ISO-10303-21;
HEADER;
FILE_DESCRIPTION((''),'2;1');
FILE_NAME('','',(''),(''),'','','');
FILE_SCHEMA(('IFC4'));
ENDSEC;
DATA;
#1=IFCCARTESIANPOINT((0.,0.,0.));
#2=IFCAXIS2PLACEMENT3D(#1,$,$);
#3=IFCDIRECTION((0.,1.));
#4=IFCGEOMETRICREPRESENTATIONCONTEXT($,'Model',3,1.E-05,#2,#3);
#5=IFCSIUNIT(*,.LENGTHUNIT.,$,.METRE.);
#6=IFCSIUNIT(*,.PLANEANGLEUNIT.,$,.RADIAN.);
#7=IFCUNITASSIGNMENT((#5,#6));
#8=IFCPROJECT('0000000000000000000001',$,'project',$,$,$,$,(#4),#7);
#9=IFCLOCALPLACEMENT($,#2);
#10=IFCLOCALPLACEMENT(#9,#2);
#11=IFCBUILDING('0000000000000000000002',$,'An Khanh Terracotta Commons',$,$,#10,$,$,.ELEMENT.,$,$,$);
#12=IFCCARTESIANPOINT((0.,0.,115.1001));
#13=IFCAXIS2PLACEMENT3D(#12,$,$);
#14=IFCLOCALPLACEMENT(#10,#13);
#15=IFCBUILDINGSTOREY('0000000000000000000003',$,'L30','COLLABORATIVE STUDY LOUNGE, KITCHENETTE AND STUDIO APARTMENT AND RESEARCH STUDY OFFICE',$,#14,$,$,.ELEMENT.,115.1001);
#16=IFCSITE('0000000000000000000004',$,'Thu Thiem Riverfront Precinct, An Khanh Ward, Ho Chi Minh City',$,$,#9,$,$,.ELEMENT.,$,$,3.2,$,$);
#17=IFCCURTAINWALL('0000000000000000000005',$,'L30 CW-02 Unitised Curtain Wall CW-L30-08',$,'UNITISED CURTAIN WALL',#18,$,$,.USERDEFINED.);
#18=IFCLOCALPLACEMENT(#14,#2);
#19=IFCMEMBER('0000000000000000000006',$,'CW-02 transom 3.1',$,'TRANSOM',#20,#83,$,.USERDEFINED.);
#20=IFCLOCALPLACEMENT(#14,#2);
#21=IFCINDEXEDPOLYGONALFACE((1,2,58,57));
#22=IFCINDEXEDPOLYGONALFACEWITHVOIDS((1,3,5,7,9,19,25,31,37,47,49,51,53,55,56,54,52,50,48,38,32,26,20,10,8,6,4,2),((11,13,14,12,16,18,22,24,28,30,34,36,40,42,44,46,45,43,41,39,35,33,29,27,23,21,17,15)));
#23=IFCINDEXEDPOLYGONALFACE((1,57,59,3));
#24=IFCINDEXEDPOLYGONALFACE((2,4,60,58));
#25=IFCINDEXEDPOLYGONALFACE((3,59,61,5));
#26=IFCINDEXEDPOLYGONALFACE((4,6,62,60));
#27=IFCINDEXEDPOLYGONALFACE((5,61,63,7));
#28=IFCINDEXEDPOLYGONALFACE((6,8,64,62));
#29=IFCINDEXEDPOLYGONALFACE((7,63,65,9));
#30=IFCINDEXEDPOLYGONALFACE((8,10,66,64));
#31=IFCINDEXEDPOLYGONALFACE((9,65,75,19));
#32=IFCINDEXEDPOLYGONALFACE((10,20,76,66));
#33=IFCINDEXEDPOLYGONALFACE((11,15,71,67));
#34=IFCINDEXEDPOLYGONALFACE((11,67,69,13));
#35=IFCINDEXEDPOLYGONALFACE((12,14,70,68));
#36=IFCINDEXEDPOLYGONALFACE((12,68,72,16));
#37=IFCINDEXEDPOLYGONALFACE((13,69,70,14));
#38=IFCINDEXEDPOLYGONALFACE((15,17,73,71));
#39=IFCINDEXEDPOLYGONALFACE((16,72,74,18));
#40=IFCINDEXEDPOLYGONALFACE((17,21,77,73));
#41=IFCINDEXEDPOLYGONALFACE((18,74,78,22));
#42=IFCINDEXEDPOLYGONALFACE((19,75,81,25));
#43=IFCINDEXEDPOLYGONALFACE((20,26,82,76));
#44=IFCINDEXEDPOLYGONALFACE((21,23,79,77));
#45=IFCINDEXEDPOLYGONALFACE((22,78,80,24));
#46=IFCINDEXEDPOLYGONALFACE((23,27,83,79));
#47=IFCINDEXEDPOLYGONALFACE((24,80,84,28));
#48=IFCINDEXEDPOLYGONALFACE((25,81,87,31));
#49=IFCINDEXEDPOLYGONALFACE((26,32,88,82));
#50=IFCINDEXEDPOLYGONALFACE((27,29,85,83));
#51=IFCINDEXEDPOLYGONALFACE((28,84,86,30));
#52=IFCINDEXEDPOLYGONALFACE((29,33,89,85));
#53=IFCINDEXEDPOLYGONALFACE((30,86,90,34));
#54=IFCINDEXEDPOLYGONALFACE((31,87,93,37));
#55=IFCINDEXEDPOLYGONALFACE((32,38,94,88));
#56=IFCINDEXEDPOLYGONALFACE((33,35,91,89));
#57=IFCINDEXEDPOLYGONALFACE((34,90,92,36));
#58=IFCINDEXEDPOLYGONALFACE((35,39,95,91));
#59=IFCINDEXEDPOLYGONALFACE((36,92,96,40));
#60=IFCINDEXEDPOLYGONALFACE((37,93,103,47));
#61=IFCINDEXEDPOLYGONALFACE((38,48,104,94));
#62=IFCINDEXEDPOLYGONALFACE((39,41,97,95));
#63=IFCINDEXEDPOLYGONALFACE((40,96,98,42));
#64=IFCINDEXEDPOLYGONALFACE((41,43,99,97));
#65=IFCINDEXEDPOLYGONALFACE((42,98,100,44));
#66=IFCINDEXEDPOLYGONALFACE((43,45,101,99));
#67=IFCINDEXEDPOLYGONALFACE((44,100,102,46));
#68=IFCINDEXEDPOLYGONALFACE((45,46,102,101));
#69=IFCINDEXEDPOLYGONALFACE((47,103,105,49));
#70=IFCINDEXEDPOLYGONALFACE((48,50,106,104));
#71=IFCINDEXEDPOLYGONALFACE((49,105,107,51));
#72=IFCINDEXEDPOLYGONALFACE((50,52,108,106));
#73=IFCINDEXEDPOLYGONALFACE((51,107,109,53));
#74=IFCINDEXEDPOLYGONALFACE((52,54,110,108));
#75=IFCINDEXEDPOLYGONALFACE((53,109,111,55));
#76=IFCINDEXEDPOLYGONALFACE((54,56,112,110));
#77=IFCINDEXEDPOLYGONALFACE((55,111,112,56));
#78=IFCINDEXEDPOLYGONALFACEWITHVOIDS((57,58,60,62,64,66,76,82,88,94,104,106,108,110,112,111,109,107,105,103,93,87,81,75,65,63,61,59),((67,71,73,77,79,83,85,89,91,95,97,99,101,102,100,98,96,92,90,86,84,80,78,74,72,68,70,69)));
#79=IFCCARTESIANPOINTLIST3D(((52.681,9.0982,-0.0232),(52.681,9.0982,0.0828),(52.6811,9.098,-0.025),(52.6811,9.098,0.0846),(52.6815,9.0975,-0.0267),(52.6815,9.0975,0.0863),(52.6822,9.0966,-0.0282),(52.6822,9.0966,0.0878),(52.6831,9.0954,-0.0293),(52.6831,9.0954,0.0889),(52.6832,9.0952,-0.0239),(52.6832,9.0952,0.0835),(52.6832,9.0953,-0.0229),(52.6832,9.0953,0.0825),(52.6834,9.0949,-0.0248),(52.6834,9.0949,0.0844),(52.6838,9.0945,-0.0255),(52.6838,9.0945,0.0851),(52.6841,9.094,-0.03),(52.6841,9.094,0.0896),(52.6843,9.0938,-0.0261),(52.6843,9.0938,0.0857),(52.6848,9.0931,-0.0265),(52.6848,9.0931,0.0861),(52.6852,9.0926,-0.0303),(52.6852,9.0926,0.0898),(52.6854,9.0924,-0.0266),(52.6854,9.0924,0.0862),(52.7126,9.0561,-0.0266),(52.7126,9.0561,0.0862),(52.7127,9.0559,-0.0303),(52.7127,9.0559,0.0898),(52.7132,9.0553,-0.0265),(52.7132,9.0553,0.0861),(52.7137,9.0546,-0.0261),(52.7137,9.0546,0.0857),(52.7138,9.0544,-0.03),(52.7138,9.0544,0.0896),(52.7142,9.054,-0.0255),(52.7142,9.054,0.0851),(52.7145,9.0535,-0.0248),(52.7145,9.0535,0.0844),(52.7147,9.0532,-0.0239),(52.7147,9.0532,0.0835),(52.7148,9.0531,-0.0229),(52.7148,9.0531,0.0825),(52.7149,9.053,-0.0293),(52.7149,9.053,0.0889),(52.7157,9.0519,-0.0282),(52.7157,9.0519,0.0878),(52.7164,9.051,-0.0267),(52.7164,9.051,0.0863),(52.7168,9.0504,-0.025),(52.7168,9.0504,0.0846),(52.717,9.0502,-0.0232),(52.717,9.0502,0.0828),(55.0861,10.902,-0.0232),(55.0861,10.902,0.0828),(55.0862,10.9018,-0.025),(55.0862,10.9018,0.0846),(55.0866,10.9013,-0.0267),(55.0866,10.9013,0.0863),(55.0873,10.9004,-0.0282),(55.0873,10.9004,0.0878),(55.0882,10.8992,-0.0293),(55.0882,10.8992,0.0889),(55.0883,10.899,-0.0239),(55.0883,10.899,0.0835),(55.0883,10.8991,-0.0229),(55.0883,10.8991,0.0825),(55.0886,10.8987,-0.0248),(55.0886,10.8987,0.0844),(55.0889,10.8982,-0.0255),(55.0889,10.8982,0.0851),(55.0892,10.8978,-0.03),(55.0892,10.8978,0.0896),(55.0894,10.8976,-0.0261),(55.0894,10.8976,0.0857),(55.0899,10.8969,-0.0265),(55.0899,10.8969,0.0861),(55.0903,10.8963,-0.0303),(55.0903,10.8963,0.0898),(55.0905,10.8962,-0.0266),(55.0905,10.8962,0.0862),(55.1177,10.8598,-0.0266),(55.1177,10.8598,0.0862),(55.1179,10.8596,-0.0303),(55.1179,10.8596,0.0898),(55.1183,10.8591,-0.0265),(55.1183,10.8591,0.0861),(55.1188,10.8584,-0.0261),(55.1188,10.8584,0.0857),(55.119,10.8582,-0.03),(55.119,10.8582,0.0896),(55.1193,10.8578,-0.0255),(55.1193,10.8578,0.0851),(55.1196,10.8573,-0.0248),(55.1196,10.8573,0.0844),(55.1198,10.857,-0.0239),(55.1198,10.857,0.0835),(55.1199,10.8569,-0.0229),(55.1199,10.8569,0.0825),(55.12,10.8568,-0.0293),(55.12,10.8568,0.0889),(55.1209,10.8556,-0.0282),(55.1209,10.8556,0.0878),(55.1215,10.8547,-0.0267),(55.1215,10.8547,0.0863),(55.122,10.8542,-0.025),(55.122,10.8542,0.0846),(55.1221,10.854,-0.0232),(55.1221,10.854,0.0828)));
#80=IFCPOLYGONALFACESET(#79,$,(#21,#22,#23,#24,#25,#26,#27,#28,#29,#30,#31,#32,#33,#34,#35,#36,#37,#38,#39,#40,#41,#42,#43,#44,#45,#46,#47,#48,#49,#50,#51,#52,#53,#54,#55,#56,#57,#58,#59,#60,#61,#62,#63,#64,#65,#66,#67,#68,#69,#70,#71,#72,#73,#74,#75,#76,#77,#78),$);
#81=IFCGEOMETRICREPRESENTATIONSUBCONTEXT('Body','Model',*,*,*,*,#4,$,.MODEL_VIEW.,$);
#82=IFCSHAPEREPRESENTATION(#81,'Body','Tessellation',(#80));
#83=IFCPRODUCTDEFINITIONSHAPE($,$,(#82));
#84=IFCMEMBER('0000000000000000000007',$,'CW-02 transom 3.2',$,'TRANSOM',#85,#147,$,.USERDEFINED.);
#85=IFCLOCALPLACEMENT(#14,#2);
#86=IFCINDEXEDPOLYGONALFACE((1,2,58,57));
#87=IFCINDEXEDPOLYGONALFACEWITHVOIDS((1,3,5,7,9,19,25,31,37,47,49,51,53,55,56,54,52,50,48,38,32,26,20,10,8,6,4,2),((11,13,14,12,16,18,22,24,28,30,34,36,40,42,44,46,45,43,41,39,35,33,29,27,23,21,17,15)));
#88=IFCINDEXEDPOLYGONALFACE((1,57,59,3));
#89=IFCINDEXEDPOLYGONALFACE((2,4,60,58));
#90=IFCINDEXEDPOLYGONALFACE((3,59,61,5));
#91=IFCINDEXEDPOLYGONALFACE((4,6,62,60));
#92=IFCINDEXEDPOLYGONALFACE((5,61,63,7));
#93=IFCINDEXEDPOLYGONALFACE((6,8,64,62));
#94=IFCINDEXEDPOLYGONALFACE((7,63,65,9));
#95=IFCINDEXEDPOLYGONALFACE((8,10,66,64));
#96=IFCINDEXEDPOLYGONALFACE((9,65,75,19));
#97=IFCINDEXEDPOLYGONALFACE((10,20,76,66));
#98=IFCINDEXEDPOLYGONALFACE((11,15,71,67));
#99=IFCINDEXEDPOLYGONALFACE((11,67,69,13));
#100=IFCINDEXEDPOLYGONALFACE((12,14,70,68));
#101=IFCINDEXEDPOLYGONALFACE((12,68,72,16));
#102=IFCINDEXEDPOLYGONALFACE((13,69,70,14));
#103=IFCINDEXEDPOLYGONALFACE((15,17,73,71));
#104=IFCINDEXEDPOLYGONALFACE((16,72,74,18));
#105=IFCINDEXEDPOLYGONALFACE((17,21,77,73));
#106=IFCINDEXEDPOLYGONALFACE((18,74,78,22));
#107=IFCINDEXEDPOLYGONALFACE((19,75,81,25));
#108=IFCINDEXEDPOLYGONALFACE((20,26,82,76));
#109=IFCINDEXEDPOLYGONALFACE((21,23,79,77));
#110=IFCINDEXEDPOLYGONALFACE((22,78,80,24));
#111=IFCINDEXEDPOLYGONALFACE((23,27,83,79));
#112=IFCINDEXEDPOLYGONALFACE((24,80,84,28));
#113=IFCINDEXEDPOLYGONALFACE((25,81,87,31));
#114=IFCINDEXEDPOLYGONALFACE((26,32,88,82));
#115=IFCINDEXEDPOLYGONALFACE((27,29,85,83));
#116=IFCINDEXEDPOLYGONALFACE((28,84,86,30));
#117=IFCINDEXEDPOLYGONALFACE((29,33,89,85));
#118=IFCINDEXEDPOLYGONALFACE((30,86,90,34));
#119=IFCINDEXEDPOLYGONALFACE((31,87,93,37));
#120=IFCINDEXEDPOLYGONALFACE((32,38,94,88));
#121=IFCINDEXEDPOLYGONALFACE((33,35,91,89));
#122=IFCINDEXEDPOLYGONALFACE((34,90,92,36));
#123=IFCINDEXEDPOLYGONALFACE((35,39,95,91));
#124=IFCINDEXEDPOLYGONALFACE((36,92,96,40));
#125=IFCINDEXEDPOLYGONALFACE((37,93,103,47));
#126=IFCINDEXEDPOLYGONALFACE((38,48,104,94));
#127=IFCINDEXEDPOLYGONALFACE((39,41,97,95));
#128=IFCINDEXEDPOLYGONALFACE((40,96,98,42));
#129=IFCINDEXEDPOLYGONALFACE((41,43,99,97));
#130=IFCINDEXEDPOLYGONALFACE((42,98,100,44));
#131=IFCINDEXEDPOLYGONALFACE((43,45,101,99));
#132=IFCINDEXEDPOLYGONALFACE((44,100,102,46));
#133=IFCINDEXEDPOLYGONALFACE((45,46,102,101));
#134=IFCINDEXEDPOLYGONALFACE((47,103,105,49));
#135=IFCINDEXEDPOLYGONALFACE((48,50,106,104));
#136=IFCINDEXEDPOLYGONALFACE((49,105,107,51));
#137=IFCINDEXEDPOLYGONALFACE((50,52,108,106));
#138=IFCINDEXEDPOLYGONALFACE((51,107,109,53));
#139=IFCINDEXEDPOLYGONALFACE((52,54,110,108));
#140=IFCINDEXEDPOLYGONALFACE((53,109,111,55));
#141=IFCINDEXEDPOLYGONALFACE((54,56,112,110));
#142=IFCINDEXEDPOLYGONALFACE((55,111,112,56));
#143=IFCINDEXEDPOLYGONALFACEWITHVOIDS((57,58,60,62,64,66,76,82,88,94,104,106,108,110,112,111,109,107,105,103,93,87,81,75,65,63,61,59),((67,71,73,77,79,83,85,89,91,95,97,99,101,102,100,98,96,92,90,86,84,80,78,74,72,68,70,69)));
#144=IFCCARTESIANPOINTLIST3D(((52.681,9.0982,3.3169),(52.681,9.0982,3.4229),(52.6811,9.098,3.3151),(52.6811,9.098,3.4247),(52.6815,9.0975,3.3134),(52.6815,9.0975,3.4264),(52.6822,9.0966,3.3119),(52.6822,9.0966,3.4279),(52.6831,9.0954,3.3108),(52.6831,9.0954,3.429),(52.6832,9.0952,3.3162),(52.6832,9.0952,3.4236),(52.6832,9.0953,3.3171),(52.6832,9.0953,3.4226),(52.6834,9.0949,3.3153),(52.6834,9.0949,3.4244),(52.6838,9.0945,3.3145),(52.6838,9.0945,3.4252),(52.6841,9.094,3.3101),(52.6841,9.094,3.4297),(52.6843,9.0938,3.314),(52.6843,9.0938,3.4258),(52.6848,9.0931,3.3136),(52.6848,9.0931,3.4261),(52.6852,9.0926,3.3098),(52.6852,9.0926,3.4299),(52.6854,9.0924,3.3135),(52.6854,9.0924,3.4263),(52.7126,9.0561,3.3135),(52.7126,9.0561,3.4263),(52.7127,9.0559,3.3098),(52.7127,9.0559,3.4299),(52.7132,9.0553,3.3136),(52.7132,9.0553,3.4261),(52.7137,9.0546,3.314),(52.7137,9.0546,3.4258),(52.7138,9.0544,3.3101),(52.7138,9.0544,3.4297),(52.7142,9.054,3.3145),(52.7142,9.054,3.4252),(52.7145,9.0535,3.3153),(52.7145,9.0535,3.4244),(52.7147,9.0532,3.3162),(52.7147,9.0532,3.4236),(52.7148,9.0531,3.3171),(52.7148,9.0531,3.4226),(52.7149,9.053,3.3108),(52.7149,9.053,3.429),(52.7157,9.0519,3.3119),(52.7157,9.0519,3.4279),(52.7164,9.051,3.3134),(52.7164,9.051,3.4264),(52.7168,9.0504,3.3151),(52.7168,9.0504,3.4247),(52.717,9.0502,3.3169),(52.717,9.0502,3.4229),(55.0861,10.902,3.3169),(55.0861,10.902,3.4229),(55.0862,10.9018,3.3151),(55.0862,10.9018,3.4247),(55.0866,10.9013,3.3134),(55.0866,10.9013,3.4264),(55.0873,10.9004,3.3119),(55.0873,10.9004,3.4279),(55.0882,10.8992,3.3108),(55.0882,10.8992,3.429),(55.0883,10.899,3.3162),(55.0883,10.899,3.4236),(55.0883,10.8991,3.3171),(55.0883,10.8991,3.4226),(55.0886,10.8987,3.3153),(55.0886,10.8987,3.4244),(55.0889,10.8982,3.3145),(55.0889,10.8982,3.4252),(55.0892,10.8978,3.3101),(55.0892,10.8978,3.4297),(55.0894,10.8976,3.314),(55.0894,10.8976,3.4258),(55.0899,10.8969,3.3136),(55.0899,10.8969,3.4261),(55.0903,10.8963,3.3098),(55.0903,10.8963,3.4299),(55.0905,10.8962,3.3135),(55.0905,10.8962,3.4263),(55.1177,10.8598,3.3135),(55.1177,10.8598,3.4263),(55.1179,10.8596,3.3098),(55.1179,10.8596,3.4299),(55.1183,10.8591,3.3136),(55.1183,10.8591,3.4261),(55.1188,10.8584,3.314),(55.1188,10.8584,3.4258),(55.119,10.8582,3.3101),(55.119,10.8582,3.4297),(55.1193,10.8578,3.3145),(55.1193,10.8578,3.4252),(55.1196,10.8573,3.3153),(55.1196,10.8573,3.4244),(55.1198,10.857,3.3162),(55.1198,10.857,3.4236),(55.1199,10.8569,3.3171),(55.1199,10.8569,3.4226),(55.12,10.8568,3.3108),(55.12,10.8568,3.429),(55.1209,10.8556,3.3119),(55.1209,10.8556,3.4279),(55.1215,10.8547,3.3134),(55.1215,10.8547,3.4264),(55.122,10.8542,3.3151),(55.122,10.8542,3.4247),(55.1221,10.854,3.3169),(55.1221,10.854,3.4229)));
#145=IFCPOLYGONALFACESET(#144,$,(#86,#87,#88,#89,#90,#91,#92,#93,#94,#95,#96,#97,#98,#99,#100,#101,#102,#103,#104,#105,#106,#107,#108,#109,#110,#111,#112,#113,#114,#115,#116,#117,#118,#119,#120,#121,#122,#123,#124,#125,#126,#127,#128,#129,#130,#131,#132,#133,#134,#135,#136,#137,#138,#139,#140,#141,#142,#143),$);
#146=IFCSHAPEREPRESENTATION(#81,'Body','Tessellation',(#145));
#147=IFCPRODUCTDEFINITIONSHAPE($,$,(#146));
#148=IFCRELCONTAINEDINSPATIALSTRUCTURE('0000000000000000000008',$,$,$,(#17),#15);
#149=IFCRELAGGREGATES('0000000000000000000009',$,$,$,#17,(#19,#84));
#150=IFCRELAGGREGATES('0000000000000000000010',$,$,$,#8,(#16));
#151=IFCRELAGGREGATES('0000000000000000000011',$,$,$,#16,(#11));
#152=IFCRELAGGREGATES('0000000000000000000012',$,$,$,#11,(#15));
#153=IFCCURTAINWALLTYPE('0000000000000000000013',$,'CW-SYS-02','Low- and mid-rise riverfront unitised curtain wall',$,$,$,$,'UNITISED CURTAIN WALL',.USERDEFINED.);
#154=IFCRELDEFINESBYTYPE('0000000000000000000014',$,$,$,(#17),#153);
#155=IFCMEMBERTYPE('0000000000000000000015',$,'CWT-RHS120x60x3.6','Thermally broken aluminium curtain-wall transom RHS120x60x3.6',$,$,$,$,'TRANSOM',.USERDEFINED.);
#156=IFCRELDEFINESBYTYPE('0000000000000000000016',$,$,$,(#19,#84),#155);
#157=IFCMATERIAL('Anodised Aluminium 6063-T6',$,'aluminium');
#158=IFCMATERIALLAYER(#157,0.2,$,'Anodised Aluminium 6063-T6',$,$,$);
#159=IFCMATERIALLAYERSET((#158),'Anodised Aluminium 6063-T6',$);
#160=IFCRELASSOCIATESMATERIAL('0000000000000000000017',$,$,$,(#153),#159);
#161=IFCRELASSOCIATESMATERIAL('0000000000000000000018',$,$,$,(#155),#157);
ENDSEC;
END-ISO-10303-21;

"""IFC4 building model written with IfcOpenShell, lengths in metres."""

from ifc_helpers import new_model, si_unit, direction, frame, origin, origin_2d, place, context, subcontext, project, spatial, hollow_rectangle, extrude, material, layer, layer_set, material_profile, profile_set, type_object, element, aggregate, save


model = new_model("IFC4")

# Units and contexts
model_context = context("Model", 3, precision=1e-05, world=origin(), true_north=direction((0.0, 1.0)))
body_context = subcontext(model_context, "Body", "Model", "MODEL_VIEW")
ifc_project = project(units=[si_unit("LENGTHUNIT", "METRE"), si_unit("PLANEANGLEUNIT", "RADIAN")], contexts=[model_context])

# Site, building, storey
site_placement = place(None, origin())
site = spatial("IfcSite", under=ifc_project, at=site_placement, Name="Thu Thiem Riverfront Precinct, An Khanh Ward, Ho Chi Minh City", CompositionType="ELEMENT", RefElevation=3.2)
building_placement = place(site_placement, origin())
building = spatial("IfcBuilding", under=site, at=building_placement, Name="An Khanh Terracotta Commons", CompositionType="ELEMENT")
storey_placement = place(building_placement, frame((0.0, 0.0, 115.1001)))
storey = spatial("IfcBuildingStorey", under=building, at=storey_placement, Name="L30", Description="COLLABORATIVE STUDY LOUNGE, KITCHENETTE AND STUDIO APARTMENT AND RESEARCH STUDY OFFICE", CompositionType="ELEMENT", Elevation=115.1001)

# Shared definitions
ifc_material_1 = material(Name="Anodised Aluminium 6063-T6", Category="aluminium")

# Curtain wall, members
ifc_layer_1 = layer(ifc_material_1, 0.2, Name="Anodised Aluminium 6063-T6")
ifc_layer_set_1 = layer_set([ifc_layer_1], Name="Anodised Aluminium 6063-T6")
curtain_wall_type_1 = type_object("IfcCurtainWallType", Name="CW-SYS-02", Description="Low- and mid-rise riverfront unitised curtain wall", ElementType="UNITISED CURTAIN WALL", PredefinedType="USERDEFINED", material=ifc_layer_set_1)
curtain_wall_1_placement = place(storey_placement, origin())
curtain_wall_1 = element("IfcCurtainWall", 1, at=curtain_wall_1_placement, inside=storey, type_object=curtain_wall_type_1, Name="L30 CW-02 Unitised Curtain Wall CW-L30-08", ObjectType="UNITISED CURTAIN WALL", PredefinedType="USERDEFINED")
ifc_material_profile_1 = material_profile(ifc_material_1, hollow_rectangle(XDim=0.0601, YDim=0.1201, WallThickness=0.0037, InnerFilletRadius=0.0037, OuterFilletRadius=0.0071, at=origin_2d()), Name="RHS120x60x3.6")
ifc_profile_set_1 = profile_set([ifc_material_profile_1], Name="Anodised Aluminium 6063-T6")
member_type_1 = type_object("IfcMemberType", Name="CWT-RHS120x60x3.6", Description="Thermally broken aluminium curtain-wall transom RHS120x60x3.6", ElementType="TRANSOM", PredefinedType="USERDEFINED", material=ifc_profile_set_1)
member_1_placement = place(storey_placement, frame((52.699, 9.0742, 0.0298), z_axis=(0.80001, 0.599987, 0.0), x_axis=(-0.599987, 0.80001, 0.0)))
member_1 = element("IfcMember", 2, at=member_1_placement, type_object=member_type_1, Name="CW-02 transom 3.1", ObjectType="TRANSOM", PredefinedType="USERDEFINED", context=body_context, shape_type="SweptSolid", body=[
    extrude(hollow_rectangle(XDim=0.0601, YDim=0.1201, WallThickness=0.0037, InnerFilletRadius=0.0037, OuterFilletRadius=0.0071, at=origin_2d()), origin(), (0.0, 0.0, 1.0), 3.0063),
])
member_2_placement = place(storey_placement, frame((52.699, 9.0742, 3.3699), z_axis=(0.80001, 0.599987, 0.0), x_axis=(-0.599987, 0.80001, 0.0)))
member_2 = element("IfcMember", 3, at=member_2_placement, type_object=member_type_1, Name="CW-02 transom 3.2", ObjectType="TRANSOM", PredefinedType="USERDEFINED", context=body_context, shape_type="SweptSolid", body=[
    extrude(hollow_rectangle(XDim=0.0601, YDim=0.1201, WallThickness=0.0037, InnerFilletRadius=0.0037, OuterFilletRadius=0.0071, at=origin_2d()), origin(), (0.0, 0.0, 1.0), 3.0063),
])

aggregate(curtain_wall_1, [member_1, member_2])

save(model, "model.ifc")
